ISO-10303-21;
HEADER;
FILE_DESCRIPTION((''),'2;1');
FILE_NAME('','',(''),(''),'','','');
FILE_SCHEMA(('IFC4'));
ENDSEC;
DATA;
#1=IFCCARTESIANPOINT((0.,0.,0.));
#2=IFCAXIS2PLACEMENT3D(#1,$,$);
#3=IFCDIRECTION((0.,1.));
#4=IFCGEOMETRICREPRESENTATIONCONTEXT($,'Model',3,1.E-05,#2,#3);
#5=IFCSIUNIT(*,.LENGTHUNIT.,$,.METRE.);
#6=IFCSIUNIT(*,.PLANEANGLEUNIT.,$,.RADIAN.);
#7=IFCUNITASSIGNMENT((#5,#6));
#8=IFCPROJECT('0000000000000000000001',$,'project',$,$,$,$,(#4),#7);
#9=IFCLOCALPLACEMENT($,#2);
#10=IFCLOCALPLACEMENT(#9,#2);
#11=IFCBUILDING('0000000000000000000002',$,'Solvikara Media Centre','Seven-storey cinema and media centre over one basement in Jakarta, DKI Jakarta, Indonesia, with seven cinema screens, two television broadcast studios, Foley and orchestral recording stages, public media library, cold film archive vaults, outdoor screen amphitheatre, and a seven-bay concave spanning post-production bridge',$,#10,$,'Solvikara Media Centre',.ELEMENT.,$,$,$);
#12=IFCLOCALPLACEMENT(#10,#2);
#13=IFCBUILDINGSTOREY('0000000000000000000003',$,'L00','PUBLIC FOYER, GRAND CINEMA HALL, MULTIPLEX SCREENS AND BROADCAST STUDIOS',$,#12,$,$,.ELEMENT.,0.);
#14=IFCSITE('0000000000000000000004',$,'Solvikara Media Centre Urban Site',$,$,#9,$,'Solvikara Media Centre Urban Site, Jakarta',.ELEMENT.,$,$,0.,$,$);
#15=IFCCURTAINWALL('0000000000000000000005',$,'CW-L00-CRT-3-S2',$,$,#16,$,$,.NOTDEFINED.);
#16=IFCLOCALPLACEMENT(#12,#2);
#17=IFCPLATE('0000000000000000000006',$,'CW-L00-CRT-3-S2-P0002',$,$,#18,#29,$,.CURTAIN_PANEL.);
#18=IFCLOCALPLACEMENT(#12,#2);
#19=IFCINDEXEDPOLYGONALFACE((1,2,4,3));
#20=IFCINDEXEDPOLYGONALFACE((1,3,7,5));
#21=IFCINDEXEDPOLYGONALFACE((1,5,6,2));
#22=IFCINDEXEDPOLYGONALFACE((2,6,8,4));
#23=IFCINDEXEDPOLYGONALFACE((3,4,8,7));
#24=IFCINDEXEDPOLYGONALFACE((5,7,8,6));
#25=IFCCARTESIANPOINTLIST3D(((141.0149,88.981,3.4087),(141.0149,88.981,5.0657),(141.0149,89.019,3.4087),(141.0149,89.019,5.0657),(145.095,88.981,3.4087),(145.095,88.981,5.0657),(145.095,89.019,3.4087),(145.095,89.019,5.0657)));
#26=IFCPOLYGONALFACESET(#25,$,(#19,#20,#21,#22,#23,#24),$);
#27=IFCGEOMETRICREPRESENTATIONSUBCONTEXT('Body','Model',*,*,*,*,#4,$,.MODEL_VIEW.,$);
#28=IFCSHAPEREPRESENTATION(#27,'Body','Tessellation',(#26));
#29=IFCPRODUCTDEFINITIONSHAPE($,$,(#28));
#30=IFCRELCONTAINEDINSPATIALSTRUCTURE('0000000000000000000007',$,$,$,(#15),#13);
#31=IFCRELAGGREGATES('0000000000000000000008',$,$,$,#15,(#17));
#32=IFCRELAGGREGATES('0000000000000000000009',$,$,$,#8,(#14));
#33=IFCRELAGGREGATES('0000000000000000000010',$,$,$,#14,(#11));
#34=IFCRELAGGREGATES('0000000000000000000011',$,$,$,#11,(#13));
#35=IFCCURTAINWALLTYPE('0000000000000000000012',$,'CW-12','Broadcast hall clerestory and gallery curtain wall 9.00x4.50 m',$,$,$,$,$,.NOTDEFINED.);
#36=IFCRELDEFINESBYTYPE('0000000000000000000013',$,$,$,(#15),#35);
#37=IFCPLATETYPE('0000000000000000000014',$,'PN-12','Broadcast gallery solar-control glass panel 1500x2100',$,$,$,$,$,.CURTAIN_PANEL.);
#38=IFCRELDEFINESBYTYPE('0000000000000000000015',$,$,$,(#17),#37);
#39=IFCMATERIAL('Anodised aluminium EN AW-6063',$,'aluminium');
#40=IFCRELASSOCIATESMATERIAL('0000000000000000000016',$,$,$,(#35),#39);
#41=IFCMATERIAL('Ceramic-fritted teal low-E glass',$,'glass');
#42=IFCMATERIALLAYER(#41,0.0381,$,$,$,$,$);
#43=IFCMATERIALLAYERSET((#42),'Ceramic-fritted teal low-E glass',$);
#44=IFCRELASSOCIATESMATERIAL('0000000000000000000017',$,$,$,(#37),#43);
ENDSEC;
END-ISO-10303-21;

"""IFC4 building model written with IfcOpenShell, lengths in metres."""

from ifc_helpers import new_model, si_unit, direction, frame, origin, origin_2d, place, context, subcontext, project, spatial, rectangle, extrude, material, layer, layer_set, type_object, element, aggregate, save


model = new_model("IFC4")

# Units and contexts
model_context = context("Model", 3, precision=1e-05, world=origin(), true_north=direction((0.0, 1.0)))
body_context = subcontext(model_context, "Body", "Model", "MODEL_VIEW")
ifc_project = project(units=[si_unit("LENGTHUNIT", "METRE"), si_unit("PLANEANGLEUNIT", "RADIAN")], contexts=[model_context])

# Site, building, storey
site_placement = place(None, origin())
site = spatial("IfcSite", under=ifc_project, at=site_placement, Name="Solvikara Media Centre Urban Site", LongName="Solvikara Media Centre Urban Site, Jakarta", CompositionType="ELEMENT", RefElevation=0.0)
building_placement = place(site_placement, origin())
building = spatial("IfcBuilding", under=site, at=building_placement, Name="Solvikara Media Centre", Description="Seven-storey cinema and media centre over one basement in Jakarta, DKI Jakarta, Indonesia, with seven cinema screens, two television broadcast studios, Foley and orchestral recording stages, public media library, cold film archive vaults, outdoor screen amphitheatre, and a seven-bay concave spanning post-production bridge", LongName="Solvikara Media Centre", CompositionType="ELEMENT")
storey_placement = place(building_placement, origin())
storey = spatial("IfcBuildingStorey", under=building, at=storey_placement, Name="L00", Description="PUBLIC FOYER, GRAND CINEMA HALL, MULTIPLEX SCREENS AND BROADCAST STUDIOS", CompositionType="ELEMENT", Elevation=0.0)

# Shared definitions
ifc_material_1 = material(Name="Anodised aluminium EN AW-6063", Category="aluminium")
curtain_wall_type = type_object("IfcCurtainWallType", Name="CW-12", Description="Broadcast hall clerestory and gallery curtain wall 9.00x4.50 m", PredefinedType="NOTDEFINED", material=ifc_material_1)

# Curtain wall
curtain_wall_1_placement = place(storey_placement, origin())
curtain_wall_1 = element("IfcCurtainWall", 1, at=curtain_wall_1_placement, inside=storey, type_object=curtain_wall_type, Name="CW-L00-CRT-3-S2", PredefinedType="NOTDEFINED")

# Plate
ifc_material_2 = material(Name="Ceramic-fritted teal low-E glass", Category="glass")
ifc_layer_1 = layer(ifc_material_2, 0.0381)
ifc_layer_set_1 = layer_set([ifc_layer_1], Name="Ceramic-fritted teal low-E glass")
plate_type_1 = type_object("IfcPlateType", Name="PN-12", Description="Broadcast gallery solar-control glass panel 1500x2100", PredefinedType="CURTAIN_PANEL", material=ifc_layer_set_1)
plate_1_placement = place(storey_placement, frame((143.0549, 89.0, 3.4087), z_axis=(0.0, 0.0, 1.0), x_axis=(-1.0, 0.0, 0.0)))
plate_1 = element("IfcPlate", 2, at=plate_1_placement, type_object=plate_type_1, Name="CW-L00-CRT-3-S2-P0002", PredefinedType="CURTAIN_PANEL", context=body_context, shape_type="SweptSolid", body=[
    extrude(rectangle(XDim=4.0801, YDim=0.0381, at=origin_2d()), origin(), (0.0, 0.0, 1.0), 1.657),
])
aggregate(curtain_wall_1, [plate_1])

save(model, "model.ifc")
